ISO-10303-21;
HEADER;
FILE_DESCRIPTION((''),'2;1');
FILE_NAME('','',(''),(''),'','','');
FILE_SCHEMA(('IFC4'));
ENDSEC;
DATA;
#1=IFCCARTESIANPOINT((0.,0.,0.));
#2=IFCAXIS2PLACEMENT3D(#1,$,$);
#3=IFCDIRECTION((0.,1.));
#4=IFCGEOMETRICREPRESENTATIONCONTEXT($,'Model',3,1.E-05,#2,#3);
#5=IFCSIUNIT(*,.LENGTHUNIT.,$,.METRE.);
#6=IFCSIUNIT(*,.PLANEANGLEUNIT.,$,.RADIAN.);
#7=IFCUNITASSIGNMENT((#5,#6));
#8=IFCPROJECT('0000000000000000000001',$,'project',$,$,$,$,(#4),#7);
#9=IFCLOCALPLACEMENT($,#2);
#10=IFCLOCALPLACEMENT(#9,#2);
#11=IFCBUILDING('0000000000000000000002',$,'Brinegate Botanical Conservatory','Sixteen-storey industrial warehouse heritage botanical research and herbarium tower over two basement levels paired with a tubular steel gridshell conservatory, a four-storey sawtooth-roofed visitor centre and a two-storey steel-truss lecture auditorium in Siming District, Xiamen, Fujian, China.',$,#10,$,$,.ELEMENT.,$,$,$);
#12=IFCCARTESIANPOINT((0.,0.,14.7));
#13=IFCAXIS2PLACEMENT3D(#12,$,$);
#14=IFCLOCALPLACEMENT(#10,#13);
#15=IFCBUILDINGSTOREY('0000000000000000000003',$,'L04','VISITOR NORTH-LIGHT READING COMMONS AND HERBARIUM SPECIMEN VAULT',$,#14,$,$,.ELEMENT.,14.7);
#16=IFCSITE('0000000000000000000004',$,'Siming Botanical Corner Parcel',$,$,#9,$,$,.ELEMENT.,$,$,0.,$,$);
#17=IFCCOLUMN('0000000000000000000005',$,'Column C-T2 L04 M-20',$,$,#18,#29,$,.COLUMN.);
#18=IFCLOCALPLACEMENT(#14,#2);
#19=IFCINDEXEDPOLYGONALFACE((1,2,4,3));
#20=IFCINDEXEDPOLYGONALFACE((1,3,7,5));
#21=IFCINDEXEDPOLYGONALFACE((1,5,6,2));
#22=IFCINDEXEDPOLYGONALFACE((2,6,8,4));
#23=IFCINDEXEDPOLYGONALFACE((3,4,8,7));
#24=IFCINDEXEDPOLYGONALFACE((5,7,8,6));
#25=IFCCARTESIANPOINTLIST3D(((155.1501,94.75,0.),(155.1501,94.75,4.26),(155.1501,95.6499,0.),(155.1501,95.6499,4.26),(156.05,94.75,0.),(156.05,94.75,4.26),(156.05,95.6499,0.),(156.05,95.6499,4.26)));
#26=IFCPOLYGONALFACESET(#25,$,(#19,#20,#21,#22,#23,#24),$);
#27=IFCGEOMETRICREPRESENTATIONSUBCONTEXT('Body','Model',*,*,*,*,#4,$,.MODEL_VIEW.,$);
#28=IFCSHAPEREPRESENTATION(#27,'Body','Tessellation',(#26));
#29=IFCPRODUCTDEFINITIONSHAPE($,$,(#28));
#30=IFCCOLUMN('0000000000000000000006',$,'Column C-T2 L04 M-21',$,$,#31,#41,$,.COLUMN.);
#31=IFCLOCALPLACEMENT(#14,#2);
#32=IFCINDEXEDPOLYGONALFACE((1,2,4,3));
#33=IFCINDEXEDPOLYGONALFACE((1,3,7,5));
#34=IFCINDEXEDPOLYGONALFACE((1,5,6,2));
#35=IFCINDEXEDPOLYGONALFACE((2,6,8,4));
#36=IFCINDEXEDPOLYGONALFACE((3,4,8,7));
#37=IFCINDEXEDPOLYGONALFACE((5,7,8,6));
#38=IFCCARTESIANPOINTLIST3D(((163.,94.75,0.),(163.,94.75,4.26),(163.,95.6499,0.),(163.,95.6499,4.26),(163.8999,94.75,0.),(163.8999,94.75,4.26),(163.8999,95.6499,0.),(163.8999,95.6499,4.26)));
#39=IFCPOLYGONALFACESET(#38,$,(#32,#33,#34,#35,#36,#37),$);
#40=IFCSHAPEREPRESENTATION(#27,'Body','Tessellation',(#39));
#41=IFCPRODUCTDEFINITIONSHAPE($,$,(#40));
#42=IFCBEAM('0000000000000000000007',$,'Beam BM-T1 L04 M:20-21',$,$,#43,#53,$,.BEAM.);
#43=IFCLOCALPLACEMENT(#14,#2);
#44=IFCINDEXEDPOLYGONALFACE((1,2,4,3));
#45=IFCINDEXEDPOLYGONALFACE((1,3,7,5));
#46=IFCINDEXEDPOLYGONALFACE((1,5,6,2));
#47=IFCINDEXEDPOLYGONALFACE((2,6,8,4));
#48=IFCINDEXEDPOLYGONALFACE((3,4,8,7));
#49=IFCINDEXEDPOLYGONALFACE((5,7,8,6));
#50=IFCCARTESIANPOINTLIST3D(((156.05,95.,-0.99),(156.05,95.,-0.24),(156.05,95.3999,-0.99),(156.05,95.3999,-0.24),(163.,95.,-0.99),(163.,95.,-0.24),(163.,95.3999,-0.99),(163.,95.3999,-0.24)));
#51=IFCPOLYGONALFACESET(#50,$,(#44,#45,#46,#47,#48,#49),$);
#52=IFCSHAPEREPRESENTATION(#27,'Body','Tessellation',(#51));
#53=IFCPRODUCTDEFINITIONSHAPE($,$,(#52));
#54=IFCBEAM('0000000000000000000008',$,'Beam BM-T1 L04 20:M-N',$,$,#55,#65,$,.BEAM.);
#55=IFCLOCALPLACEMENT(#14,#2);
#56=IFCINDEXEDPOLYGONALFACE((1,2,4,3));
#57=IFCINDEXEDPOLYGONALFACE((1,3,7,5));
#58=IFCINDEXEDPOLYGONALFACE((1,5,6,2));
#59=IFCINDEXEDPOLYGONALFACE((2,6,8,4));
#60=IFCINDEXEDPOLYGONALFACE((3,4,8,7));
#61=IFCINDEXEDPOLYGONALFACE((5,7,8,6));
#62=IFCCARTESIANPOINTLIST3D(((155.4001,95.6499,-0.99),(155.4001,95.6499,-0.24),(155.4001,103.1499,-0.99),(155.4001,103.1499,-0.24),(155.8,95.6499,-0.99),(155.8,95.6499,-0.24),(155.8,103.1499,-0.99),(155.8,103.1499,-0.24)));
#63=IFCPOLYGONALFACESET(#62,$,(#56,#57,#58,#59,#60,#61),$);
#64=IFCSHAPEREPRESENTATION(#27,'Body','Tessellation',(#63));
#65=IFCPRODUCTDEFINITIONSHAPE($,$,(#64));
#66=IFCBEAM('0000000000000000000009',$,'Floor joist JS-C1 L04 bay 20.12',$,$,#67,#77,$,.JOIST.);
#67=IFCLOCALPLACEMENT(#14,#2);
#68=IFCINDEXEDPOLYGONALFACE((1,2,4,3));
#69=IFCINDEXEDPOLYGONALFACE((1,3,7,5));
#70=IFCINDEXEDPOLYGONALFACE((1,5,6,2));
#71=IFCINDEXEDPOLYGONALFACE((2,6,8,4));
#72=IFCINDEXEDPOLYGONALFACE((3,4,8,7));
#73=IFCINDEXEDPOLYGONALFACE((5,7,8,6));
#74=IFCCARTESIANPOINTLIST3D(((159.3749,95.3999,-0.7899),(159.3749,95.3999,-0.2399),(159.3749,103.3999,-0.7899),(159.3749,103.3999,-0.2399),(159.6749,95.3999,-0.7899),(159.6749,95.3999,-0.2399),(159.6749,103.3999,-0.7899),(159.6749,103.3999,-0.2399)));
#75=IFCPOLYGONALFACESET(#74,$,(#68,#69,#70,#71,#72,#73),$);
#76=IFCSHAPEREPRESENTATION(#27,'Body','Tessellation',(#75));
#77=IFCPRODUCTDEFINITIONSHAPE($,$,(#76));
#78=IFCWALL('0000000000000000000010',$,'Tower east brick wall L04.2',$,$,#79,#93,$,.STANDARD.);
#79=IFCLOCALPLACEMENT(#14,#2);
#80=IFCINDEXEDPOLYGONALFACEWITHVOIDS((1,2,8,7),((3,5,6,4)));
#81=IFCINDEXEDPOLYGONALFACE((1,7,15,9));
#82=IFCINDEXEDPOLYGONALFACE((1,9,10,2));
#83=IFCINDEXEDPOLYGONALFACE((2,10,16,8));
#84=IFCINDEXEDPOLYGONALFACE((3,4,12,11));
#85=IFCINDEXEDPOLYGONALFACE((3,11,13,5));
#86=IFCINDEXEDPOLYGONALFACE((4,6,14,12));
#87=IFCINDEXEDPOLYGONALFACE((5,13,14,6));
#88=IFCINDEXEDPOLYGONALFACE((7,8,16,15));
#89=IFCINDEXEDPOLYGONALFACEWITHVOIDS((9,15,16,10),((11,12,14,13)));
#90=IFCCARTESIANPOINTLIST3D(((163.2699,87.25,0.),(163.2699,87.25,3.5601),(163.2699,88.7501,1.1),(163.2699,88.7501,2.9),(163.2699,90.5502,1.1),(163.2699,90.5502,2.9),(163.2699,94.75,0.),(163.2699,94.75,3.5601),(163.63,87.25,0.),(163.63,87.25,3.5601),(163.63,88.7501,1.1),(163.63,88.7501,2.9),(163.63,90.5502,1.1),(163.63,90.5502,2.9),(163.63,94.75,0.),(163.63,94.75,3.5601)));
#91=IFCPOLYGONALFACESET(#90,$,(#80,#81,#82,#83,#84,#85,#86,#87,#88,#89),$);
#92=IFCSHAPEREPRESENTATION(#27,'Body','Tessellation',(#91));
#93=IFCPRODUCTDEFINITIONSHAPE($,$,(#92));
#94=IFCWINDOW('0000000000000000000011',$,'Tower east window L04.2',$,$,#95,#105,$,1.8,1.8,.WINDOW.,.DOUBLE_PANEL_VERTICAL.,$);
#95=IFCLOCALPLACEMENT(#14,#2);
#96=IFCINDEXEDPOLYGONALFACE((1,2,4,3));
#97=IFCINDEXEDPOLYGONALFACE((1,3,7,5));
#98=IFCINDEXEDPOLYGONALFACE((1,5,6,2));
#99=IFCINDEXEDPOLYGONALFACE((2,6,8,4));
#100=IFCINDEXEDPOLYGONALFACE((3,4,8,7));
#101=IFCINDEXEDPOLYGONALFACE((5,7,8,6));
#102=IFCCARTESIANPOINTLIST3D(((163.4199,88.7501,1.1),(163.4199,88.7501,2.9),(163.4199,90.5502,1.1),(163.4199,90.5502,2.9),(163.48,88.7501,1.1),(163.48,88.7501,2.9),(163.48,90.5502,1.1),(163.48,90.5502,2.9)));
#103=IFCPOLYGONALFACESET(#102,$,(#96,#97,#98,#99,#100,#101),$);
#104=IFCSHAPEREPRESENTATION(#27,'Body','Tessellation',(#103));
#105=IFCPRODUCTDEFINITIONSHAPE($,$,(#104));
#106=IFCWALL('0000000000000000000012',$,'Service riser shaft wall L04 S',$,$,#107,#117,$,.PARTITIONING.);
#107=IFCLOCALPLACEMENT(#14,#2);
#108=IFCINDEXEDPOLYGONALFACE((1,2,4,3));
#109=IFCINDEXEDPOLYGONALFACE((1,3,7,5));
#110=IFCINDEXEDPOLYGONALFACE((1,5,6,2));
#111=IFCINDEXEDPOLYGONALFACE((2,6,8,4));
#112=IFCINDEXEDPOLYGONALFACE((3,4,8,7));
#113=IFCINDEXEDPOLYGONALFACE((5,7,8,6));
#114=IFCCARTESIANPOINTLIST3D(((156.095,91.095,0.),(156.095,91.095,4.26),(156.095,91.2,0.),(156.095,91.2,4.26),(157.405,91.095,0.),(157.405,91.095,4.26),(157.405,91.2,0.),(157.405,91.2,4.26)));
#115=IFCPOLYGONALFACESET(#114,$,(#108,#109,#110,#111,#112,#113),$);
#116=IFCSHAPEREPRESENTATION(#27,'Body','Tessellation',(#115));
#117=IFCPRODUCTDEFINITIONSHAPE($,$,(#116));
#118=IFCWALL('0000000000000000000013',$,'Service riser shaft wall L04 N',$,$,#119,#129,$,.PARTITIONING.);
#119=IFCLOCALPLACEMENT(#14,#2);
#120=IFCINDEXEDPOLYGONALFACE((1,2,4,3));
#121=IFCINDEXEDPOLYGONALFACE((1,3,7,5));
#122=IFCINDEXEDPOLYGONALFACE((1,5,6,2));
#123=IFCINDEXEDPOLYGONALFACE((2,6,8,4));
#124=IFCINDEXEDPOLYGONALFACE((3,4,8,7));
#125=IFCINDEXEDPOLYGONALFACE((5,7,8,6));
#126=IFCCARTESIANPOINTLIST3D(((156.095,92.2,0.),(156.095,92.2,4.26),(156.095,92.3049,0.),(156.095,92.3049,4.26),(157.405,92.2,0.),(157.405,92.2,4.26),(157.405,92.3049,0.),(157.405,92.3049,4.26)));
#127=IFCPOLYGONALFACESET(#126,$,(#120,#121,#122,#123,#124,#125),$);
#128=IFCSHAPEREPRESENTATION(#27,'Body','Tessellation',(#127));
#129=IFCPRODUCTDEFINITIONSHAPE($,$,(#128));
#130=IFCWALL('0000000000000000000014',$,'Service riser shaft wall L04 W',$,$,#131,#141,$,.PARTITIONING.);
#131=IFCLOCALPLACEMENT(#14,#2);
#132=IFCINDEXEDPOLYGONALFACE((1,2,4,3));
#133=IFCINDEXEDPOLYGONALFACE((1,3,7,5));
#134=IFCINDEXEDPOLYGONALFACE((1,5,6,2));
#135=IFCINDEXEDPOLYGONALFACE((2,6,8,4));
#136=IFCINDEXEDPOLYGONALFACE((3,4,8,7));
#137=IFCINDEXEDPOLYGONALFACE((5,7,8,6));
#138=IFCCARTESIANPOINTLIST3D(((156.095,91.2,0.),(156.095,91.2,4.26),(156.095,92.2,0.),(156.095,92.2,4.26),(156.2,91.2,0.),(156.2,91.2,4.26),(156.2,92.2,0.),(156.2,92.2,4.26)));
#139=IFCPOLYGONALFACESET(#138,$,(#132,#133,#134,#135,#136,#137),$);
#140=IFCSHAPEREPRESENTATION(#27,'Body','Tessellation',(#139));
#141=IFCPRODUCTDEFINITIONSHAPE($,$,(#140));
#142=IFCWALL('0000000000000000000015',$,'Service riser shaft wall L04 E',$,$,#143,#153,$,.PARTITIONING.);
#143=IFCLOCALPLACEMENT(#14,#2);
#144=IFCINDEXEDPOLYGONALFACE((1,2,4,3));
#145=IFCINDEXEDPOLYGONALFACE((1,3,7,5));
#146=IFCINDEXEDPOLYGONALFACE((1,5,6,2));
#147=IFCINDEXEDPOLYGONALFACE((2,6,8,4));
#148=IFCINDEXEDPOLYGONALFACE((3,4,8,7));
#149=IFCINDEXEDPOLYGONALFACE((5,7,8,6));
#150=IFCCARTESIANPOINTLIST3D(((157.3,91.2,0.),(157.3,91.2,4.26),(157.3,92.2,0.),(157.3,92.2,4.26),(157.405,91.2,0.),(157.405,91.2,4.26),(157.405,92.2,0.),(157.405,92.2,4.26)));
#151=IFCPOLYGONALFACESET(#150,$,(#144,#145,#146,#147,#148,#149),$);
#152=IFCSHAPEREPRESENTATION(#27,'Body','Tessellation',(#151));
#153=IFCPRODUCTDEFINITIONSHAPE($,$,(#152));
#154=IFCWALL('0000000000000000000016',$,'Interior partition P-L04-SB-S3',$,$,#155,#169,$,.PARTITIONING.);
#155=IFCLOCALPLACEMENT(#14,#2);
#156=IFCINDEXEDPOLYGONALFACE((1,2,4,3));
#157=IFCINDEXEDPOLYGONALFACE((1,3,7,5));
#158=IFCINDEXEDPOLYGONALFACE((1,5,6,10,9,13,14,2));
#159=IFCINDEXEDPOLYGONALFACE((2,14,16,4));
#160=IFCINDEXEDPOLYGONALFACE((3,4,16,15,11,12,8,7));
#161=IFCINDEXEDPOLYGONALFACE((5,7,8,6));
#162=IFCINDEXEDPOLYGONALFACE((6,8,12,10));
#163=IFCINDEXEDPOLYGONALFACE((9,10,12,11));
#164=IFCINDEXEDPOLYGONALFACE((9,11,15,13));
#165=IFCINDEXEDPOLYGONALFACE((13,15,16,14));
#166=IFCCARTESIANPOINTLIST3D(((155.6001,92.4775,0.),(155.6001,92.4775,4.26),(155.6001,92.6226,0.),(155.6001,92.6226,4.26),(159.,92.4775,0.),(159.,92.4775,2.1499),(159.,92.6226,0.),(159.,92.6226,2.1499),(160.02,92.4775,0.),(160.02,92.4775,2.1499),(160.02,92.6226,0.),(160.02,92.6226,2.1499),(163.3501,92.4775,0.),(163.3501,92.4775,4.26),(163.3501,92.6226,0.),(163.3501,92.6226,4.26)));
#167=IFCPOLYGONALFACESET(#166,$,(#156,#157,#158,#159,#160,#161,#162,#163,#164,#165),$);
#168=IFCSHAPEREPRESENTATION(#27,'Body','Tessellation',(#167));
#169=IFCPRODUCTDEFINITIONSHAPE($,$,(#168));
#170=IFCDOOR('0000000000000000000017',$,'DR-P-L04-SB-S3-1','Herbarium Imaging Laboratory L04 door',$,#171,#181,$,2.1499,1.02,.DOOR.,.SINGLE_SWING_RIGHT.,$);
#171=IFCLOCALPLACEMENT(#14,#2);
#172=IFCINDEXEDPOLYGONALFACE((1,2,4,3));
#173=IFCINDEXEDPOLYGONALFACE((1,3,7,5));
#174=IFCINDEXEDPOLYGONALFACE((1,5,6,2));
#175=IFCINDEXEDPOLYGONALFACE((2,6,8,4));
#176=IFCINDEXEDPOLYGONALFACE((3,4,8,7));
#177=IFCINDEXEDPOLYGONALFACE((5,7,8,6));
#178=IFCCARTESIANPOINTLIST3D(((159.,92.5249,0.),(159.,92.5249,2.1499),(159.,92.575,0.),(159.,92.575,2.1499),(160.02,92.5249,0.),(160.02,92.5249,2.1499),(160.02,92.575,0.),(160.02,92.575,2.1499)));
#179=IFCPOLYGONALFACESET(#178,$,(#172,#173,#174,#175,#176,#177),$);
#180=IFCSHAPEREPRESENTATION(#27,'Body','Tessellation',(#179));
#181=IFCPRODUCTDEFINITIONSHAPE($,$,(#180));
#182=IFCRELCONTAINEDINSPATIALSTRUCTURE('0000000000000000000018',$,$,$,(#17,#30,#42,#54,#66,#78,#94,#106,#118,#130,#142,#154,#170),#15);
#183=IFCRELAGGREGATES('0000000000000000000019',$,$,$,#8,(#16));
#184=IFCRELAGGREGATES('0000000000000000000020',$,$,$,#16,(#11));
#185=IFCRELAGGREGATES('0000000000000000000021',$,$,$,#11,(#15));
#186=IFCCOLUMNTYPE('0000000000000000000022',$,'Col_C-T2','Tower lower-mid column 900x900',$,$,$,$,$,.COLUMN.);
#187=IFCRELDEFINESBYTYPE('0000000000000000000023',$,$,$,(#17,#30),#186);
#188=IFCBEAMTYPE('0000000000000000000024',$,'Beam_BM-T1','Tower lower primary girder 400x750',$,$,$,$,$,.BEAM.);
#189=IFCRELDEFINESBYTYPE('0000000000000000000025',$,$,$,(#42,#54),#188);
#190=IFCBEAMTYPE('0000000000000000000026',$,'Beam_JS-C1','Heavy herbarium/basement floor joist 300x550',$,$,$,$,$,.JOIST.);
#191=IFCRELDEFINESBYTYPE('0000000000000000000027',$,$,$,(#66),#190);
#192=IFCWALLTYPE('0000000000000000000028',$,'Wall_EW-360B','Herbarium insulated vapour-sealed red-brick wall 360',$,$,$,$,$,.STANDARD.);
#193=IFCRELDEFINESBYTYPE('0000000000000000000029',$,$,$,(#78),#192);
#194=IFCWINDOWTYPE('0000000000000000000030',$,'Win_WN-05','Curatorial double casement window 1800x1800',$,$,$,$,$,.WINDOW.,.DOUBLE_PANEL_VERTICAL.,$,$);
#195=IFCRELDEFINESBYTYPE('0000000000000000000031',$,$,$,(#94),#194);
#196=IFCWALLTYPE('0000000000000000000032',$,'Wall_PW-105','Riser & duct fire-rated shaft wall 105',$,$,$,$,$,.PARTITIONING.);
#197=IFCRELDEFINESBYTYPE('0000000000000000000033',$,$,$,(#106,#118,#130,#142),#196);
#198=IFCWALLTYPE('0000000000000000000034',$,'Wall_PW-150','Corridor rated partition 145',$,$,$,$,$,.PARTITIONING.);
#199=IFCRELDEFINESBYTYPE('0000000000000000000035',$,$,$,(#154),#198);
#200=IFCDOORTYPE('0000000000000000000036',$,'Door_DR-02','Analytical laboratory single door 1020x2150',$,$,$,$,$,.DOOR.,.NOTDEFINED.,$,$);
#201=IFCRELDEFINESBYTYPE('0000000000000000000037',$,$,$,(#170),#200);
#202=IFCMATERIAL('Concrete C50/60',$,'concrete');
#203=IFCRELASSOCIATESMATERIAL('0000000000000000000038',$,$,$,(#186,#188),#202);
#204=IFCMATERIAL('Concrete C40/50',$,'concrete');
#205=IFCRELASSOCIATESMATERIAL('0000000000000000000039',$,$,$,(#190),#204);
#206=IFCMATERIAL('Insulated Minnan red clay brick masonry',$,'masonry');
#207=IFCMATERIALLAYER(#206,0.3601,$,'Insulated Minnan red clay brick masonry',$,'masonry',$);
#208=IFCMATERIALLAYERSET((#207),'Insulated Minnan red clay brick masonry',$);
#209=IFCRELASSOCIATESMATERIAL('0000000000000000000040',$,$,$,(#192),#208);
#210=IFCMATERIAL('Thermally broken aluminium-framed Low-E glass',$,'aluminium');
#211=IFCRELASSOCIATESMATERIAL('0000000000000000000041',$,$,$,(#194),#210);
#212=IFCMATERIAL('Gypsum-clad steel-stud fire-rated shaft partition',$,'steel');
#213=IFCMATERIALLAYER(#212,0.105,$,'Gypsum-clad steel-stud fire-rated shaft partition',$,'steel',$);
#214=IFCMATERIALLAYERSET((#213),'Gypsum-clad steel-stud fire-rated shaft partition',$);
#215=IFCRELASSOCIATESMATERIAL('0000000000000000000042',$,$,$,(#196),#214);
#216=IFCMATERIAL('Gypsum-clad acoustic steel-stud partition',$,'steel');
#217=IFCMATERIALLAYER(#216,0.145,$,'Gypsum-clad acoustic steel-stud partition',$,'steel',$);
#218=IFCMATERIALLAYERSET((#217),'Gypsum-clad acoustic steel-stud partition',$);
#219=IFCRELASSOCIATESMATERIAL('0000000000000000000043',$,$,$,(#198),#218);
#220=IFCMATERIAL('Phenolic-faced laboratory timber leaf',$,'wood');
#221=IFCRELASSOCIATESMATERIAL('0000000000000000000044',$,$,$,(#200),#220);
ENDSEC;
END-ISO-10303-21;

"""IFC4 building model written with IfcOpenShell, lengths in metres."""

from ifc_helpers import new_model, si_unit, direction, frame, frame_2d, origin, origin_2d, place, context, subcontext, project, spatial, rectangle, extrude, material, layer, layer_set, material_profile, profile_set, type_object, element, fill, save


model = new_model("IFC4")

# Units and contexts
model_context = context("Model", 3, precision=1e-05, world=origin(), true_north=direction((0.0, 1.0)))
body_context = subcontext(model_context, "Body", "Model", "MODEL_VIEW")
ifc_project = project(units=[si_unit("LENGTHUNIT", "METRE"), si_unit("PLANEANGLEUNIT", "RADIAN")], contexts=[model_context])

# Site, building, storey
site_placement = place(None, origin())
site = spatial("IfcSite", under=ifc_project, at=site_placement, Name="Siming Botanical Corner Parcel", CompositionType="ELEMENT", RefElevation=0.0)
building_placement = place(site_placement, origin())
building = spatial("IfcBuilding", under=site, at=building_placement, Name="Brinegate Botanical Conservatory", Description="Sixteen-storey industrial warehouse heritage botanical research and herbarium tower over two basement levels paired with a tubular steel gridshell conservatory, a four-storey sawtooth-roofed visitor centre and a two-storey steel-truss lecture auditorium in Siming District, Xiamen, Fujian, China.", CompositionType="ELEMENT")
storey_placement = place(building_placement, frame((0.0, 0.0, 14.7)))
storey = spatial("IfcBuildingStorey", under=building, at=storey_placement, Name="L04", Description="VISITOR NORTH-LIGHT READING COMMONS AND HERBARIUM SPECIMEN VAULT", CompositionType="ELEMENT", Elevation=14.7)

# Columns
ifc_material_1 = material(Name="Concrete C50/60", Category="concrete")
ifc_material_profile_1 = material_profile(ifc_material_1, rectangle(XDim=0.8999, YDim=0.8999, at=origin_2d()), Name="RC COL 900x900")
ifc_profile_set_1 = profile_set([ifc_material_profile_1], Name="Concrete C50/60")
column_type = type_object("IfcColumnType", Name="Col_C-T2", Description="Tower lower-mid column 900x900", PredefinedType="COLUMN", material=ifc_profile_set_1)
for number, where, z_axis, x_axis, name in (
    (1, (155.6001, 95.2, 0.0), (0.0, 0.0, 1.0), (1.0, 0.0, 0.0), "Column C-T2 L04 M-20"),
    (2, (163.45, 95.2, 0.0), (0.0, 0.0, 1.0), (1.0, 0.0, 0.0), "Column C-T2 L04 M-21"),
):
    element("IfcColumn", number, at=place(storey_placement, frame(where, z_axis=z_axis, x_axis=x_axis)), inside=storey, type_object=column_type, Name=name, PredefinedType="COLUMN", context=body_context, shape_type="SweptSolid", body=[
        extrude(rectangle(XDim=0.8999, YDim=0.8999, at=origin_2d()), origin(), (0.0, 0.0, 1.0), 4.26),
    ])

# Beams
ifc_material_profile_2 = material_profile(ifc_material_1, rectangle(XDim=0.3999, YDim=0.75, at=origin_2d()), Name="RC BM 400x750")
ifc_profile_set_2 = profile_set([ifc_material_profile_2], Name="Concrete C50/60")
beam_type_1 = type_object("IfcBeamType", Name="Beam_BM-T1", Description="Tower lower primary girder 400x750", PredefinedType="BEAM", material=ifc_profile_set_2)
beam_1_placement = place(storey_placement, frame((156.05, 95.2, -0.615), z_axis=(1.0, 0.0, 0.0), x_axis=(0.0, 1.0, 0.0)))
element("IfcBeam", 3, at=beam_1_placement, inside=storey, type_object=beam_type_1, Name="Beam BM-T1 L04 M:20-21", PredefinedType="BEAM", context=body_context, shape_type="SweptSolid", body=[
    extrude(rectangle(XDim=0.3999, YDim=0.75, at=origin_2d()), origin(), (0.0, 0.0, 1.0), 6.95),
])
beam_2_placement = place(storey_placement, frame((155.6001, 95.6499, -0.615), z_axis=(0.0, 1.0, 0.0), x_axis=(-1.0, 0.0, 0.0)))
element("IfcBeam", 4, at=beam_2_placement, inside=storey, type_object=beam_type_1, Name="Beam BM-T1 L04 20:M-N", PredefinedType="BEAM", context=body_context, shape_type="SweptSolid", body=[
    extrude(rectangle(XDim=0.3999, YDim=0.75, at=origin_2d()), origin(), (0.0, 0.0, 1.0), 7.5),
])
ifc_material_2 = material(Name="Concrete C40/50", Category="concrete")
ifc_material_profile_3 = material_profile(ifc_material_2, rectangle(XDim=0.3, YDim=0.55, at=origin_2d()), Name="RC JST 300x550")
ifc_profile_set_3 = profile_set([ifc_material_profile_3], Name="Concrete C40/50")
beam_type_2 = type_object("IfcBeamType", Name="Beam_JS-C1", Description="Heavy herbarium/basement floor joist 300x550", PredefinedType="JOIST", material=ifc_profile_set_3)
beam_3_placement = place(storey_placement, frame((159.5249, 95.3999, -0.5149), z_axis=(0.0, 1.0, 0.0), x_axis=(-1.0, 0.0, 0.0)))
element("IfcBeam", 5, at=beam_3_placement, inside=storey, type_object=beam_type_2, Name="Floor joist JS-C1 L04 bay 20.12", PredefinedType="JOIST", context=body_context, shape_type="SweptSolid", body=[
    extrude(rectangle(XDim=0.3, YDim=0.55, at=origin_2d()), origin(), (0.0, 0.0, 1.0), 8.0),
])

# Wall, opening, window
ifc_material_3 = material(Name="Insulated Minnan red clay brick masonry", Category="masonry")
ifc_layer_1 = layer(ifc_material_3, 0.3601, Name="Insulated Minnan red clay brick masonry", Category="masonry")
ifc_layer_set_1 = layer_set([ifc_layer_1], Name="Insulated Minnan red clay brick masonry")
wall_type_1 = type_object("IfcWallType", Name="Wall_EW-360B", Description="Herbarium insulated vapour-sealed red-brick wall 360", PredefinedType="STANDARD", material=ifc_layer_set_1)
wall_1_placement = place(storey_placement, frame((163.45, 94.75, 0.0), z_axis=(0.0, 0.0, 1.0), x_axis=(0.0, -1.0, 0.0)))
wall_1 = element("IfcWall", 6, at=wall_1_placement, inside=storey, type_object=wall_type_1, Name="Tower east brick wall L04.2", PredefinedType="STANDARD", context=body_context, shape_type="SweptSolid", body=[
    extrude(rectangle(XDim=7.5, YDim=0.3601, at=frame_2d((3.75, 0.0))), origin(), (0.0, 0.0, 1.0), 3.5601),
])
opening_1_placement = place(wall_1_placement, frame((4.2, 0.0, 1.1001)))
opening_1 = element("IfcOpeningElement", 7, at=opening_1_placement, cuts=wall_1, PredefinedType="OPENING", context=body_context, shape_type="SweptSolid", body=[
    extrude(rectangle(XDim=1.8, YDim=1.8, at=frame_2d((0.8999, 0.8999))), frame((0.0, 0.1899, 0.0), z_axis=(0.0, -1.0, 0.0), x_axis=(1.0, 0.0, 0.0)), (0.0, 0.0, 1.0), 0.3801),
])
ifc_material_4 = material(Name="Thermally broken aluminium-framed Low-E glass", Category="aluminium")
window_type = type_object("IfcWindowType", Name="Win_WN-05", Description="Curatorial double casement window 1800x1800", PartitioningType="DOUBLE_PANEL_VERTICAL", PredefinedType="WINDOW", material=ifc_material_4)
window_placement = place(opening_1_placement, origin())
window = element("IfcWindow", 8, at=window_placement, inside=storey, type_object=window_type, Name="Tower east window L04.2", OverallHeight=1.8, OverallWidth=1.8, PartitioningType="DOUBLE_PANEL_VERTICAL", PredefinedType="WINDOW", context=body_context, shape_type="SweptSolid", body=[
    extrude(rectangle(XDim=1.8, YDim=1.8, at=frame_2d((0.8999, 0.8999))), frame((0.0, 0.03, 0.0), z_axis=(0.0, -1.0, 0.0), x_axis=(1.0, 0.0, 0.0)), (0.0, 0.0, 1.0), 0.0601),
])
fill(opening_1, window)

# Walls
ifc_material_5 = material(Name="Gypsum-clad steel-stud fire-rated shaft partition", Category="steel")
ifc_layer_2 = layer(ifc_material_5, 0.105, Name="Gypsum-clad steel-stud fire-rated shaft partition", Category="steel")
ifc_layer_set_2 = layer_set([ifc_layer_2], Name="Gypsum-clad steel-stud fire-rated shaft partition")
wall_type_2 = type_object("IfcWallType", Name="Wall_PW-105", Description="Riser & duct fire-rated shaft wall 105", PredefinedType="PARTITIONING", material=ifc_layer_set_2)
for number, where, z_axis, x_axis, name in (
    (9, (156.095, 91.1475, 0.0), (0.0, 0.0, 1.0), (1.0, 0.0, 0.0), "Service riser shaft wall L04 S"),
    (10, (156.095, 92.2524, 0.0), (0.0, 0.0, 1.0), (1.0, 0.0, 0.0), "Service riser shaft wall L04 N"),
):
    element("IfcWall", number, at=place(storey_placement, frame(where, z_axis=z_axis, x_axis=x_axis)), inside=storey, type_object=wall_type_2, Name=name, PredefinedType="PARTITIONING", context=body_context, shape_type="SweptSolid", body=[
        extrude(rectangle(XDim=1.3101, YDim=0.105, at=frame_2d((0.655, 0.0))), origin(), (0.0, 0.0, 1.0), 4.26),
    ])
for number, where, z_axis, x_axis, name in (
    (11, (156.1475, 91.2, 0.0), (0.0, 0.0, 1.0), (0.0, 1.0, 0.0), "Service riser shaft wall L04 W"),
    (12, (157.3525, 91.2, 0.0), (0.0, 0.0, 1.0), (0.0, 1.0, 0.0), "Service riser shaft wall L04 E"),
):
    element("IfcWall", number, at=place(storey_placement, frame(where, z_axis=z_axis, x_axis=x_axis)), inside=storey, type_object=wall_type_2, Name=name, PredefinedType="PARTITIONING", context=body_context, shape_type="SweptSolid", body=[
        extrude(rectangle(XDim=1.0, YDim=0.105, at=frame_2d((0.5, 0.0))), origin(), (0.0, 0.0, 1.0), 4.26),
    ])

# Wall, opening, door
ifc_material_6 = material(Name="Gypsum-clad acoustic steel-stud partition", Category="steel")
ifc_layer_3 = layer(ifc_material_6, 0.145, Name="Gypsum-clad acoustic steel-stud partition", Category="steel")
ifc_layer_set_3 = layer_set([ifc_layer_3], Name="Gypsum-clad acoustic steel-stud partition")
wall_type_3 = type_object("IfcWallType", Name="Wall_PW-150", Description="Corridor rated partition 145", PredefinedType="PARTITIONING", material=ifc_layer_set_3)
wall_2_placement = place(storey_placement, frame((155.6001, 92.55, 0.0), z_axis=(0.0, 0.0, 1.0), x_axis=(1.0, 0.0, 0.0)))
wall_2 = element("IfcWall", 13, at=wall_2_placement, inside=storey, type_object=wall_type_3, Name="Interior partition P-L04-SB-S3", PredefinedType="PARTITIONING", context=body_context, shape_type="SweptSolid", body=[
    extrude(rectangle(XDim=7.75, YDim=0.145, at=frame_2d((3.875, 0.0))), origin(), (0.0, 0.0, 1.0), 4.26),
])
opening_2_placement = place(wall_2_placement, frame((3.3999, 0.0, 0.0)))
opening_2 = element("IfcOpeningElement", 14, at=opening_2_placement, cuts=wall_2, PredefinedType="OPENING", context=body_context, shape_type="SweptSolid", body=[
    extrude(rectangle(XDim=1.02, YDim=2.1499, at=frame_2d((0.51, 1.075))), frame((0.0, 0.0825, 0.0), z_axis=(0.0, -1.0, 0.0), x_axis=(1.0, 0.0, 0.0)), (0.0, 0.0, 1.0), 0.165),
])
ifc_material_7 = material(Name="Phenolic-faced laboratory timber leaf", Category="wood")
door_type_1 = type_object("IfcDoorType", Name="Door_DR-02", Description="Analytical laboratory single door 1020x2150", OperationType="NOTDEFINED", PredefinedType="DOOR", material=ifc_material_7)
door_1_placement = place(opening_2_placement, origin())
door_1 = element("IfcDoor", 15, at=door_1_placement, inside=storey, type_object=door_type_1, Name="DR-P-L04-SB-S3-1", Description="Herbarium Imaging Laboratory L04 door", OperationType="SINGLE_SWING_RIGHT", OverallHeight=2.1499, OverallWidth=1.02, PredefinedType="DOOR", context=body_context, shape_type="SweptSolid", body=[
    extrude(rectangle(XDim=1.02, YDim=2.1499, at=frame_2d((0.51, 1.075))), frame((0.0, 0.0249, 0.0), z_axis=(0.0, -1.0, 0.0), x_axis=(1.0, 0.0, 0.0)), (0.0, 0.0, 1.0), 0.05),
])
fill(opening_2, door_1)

save(model, "model.ifc")
